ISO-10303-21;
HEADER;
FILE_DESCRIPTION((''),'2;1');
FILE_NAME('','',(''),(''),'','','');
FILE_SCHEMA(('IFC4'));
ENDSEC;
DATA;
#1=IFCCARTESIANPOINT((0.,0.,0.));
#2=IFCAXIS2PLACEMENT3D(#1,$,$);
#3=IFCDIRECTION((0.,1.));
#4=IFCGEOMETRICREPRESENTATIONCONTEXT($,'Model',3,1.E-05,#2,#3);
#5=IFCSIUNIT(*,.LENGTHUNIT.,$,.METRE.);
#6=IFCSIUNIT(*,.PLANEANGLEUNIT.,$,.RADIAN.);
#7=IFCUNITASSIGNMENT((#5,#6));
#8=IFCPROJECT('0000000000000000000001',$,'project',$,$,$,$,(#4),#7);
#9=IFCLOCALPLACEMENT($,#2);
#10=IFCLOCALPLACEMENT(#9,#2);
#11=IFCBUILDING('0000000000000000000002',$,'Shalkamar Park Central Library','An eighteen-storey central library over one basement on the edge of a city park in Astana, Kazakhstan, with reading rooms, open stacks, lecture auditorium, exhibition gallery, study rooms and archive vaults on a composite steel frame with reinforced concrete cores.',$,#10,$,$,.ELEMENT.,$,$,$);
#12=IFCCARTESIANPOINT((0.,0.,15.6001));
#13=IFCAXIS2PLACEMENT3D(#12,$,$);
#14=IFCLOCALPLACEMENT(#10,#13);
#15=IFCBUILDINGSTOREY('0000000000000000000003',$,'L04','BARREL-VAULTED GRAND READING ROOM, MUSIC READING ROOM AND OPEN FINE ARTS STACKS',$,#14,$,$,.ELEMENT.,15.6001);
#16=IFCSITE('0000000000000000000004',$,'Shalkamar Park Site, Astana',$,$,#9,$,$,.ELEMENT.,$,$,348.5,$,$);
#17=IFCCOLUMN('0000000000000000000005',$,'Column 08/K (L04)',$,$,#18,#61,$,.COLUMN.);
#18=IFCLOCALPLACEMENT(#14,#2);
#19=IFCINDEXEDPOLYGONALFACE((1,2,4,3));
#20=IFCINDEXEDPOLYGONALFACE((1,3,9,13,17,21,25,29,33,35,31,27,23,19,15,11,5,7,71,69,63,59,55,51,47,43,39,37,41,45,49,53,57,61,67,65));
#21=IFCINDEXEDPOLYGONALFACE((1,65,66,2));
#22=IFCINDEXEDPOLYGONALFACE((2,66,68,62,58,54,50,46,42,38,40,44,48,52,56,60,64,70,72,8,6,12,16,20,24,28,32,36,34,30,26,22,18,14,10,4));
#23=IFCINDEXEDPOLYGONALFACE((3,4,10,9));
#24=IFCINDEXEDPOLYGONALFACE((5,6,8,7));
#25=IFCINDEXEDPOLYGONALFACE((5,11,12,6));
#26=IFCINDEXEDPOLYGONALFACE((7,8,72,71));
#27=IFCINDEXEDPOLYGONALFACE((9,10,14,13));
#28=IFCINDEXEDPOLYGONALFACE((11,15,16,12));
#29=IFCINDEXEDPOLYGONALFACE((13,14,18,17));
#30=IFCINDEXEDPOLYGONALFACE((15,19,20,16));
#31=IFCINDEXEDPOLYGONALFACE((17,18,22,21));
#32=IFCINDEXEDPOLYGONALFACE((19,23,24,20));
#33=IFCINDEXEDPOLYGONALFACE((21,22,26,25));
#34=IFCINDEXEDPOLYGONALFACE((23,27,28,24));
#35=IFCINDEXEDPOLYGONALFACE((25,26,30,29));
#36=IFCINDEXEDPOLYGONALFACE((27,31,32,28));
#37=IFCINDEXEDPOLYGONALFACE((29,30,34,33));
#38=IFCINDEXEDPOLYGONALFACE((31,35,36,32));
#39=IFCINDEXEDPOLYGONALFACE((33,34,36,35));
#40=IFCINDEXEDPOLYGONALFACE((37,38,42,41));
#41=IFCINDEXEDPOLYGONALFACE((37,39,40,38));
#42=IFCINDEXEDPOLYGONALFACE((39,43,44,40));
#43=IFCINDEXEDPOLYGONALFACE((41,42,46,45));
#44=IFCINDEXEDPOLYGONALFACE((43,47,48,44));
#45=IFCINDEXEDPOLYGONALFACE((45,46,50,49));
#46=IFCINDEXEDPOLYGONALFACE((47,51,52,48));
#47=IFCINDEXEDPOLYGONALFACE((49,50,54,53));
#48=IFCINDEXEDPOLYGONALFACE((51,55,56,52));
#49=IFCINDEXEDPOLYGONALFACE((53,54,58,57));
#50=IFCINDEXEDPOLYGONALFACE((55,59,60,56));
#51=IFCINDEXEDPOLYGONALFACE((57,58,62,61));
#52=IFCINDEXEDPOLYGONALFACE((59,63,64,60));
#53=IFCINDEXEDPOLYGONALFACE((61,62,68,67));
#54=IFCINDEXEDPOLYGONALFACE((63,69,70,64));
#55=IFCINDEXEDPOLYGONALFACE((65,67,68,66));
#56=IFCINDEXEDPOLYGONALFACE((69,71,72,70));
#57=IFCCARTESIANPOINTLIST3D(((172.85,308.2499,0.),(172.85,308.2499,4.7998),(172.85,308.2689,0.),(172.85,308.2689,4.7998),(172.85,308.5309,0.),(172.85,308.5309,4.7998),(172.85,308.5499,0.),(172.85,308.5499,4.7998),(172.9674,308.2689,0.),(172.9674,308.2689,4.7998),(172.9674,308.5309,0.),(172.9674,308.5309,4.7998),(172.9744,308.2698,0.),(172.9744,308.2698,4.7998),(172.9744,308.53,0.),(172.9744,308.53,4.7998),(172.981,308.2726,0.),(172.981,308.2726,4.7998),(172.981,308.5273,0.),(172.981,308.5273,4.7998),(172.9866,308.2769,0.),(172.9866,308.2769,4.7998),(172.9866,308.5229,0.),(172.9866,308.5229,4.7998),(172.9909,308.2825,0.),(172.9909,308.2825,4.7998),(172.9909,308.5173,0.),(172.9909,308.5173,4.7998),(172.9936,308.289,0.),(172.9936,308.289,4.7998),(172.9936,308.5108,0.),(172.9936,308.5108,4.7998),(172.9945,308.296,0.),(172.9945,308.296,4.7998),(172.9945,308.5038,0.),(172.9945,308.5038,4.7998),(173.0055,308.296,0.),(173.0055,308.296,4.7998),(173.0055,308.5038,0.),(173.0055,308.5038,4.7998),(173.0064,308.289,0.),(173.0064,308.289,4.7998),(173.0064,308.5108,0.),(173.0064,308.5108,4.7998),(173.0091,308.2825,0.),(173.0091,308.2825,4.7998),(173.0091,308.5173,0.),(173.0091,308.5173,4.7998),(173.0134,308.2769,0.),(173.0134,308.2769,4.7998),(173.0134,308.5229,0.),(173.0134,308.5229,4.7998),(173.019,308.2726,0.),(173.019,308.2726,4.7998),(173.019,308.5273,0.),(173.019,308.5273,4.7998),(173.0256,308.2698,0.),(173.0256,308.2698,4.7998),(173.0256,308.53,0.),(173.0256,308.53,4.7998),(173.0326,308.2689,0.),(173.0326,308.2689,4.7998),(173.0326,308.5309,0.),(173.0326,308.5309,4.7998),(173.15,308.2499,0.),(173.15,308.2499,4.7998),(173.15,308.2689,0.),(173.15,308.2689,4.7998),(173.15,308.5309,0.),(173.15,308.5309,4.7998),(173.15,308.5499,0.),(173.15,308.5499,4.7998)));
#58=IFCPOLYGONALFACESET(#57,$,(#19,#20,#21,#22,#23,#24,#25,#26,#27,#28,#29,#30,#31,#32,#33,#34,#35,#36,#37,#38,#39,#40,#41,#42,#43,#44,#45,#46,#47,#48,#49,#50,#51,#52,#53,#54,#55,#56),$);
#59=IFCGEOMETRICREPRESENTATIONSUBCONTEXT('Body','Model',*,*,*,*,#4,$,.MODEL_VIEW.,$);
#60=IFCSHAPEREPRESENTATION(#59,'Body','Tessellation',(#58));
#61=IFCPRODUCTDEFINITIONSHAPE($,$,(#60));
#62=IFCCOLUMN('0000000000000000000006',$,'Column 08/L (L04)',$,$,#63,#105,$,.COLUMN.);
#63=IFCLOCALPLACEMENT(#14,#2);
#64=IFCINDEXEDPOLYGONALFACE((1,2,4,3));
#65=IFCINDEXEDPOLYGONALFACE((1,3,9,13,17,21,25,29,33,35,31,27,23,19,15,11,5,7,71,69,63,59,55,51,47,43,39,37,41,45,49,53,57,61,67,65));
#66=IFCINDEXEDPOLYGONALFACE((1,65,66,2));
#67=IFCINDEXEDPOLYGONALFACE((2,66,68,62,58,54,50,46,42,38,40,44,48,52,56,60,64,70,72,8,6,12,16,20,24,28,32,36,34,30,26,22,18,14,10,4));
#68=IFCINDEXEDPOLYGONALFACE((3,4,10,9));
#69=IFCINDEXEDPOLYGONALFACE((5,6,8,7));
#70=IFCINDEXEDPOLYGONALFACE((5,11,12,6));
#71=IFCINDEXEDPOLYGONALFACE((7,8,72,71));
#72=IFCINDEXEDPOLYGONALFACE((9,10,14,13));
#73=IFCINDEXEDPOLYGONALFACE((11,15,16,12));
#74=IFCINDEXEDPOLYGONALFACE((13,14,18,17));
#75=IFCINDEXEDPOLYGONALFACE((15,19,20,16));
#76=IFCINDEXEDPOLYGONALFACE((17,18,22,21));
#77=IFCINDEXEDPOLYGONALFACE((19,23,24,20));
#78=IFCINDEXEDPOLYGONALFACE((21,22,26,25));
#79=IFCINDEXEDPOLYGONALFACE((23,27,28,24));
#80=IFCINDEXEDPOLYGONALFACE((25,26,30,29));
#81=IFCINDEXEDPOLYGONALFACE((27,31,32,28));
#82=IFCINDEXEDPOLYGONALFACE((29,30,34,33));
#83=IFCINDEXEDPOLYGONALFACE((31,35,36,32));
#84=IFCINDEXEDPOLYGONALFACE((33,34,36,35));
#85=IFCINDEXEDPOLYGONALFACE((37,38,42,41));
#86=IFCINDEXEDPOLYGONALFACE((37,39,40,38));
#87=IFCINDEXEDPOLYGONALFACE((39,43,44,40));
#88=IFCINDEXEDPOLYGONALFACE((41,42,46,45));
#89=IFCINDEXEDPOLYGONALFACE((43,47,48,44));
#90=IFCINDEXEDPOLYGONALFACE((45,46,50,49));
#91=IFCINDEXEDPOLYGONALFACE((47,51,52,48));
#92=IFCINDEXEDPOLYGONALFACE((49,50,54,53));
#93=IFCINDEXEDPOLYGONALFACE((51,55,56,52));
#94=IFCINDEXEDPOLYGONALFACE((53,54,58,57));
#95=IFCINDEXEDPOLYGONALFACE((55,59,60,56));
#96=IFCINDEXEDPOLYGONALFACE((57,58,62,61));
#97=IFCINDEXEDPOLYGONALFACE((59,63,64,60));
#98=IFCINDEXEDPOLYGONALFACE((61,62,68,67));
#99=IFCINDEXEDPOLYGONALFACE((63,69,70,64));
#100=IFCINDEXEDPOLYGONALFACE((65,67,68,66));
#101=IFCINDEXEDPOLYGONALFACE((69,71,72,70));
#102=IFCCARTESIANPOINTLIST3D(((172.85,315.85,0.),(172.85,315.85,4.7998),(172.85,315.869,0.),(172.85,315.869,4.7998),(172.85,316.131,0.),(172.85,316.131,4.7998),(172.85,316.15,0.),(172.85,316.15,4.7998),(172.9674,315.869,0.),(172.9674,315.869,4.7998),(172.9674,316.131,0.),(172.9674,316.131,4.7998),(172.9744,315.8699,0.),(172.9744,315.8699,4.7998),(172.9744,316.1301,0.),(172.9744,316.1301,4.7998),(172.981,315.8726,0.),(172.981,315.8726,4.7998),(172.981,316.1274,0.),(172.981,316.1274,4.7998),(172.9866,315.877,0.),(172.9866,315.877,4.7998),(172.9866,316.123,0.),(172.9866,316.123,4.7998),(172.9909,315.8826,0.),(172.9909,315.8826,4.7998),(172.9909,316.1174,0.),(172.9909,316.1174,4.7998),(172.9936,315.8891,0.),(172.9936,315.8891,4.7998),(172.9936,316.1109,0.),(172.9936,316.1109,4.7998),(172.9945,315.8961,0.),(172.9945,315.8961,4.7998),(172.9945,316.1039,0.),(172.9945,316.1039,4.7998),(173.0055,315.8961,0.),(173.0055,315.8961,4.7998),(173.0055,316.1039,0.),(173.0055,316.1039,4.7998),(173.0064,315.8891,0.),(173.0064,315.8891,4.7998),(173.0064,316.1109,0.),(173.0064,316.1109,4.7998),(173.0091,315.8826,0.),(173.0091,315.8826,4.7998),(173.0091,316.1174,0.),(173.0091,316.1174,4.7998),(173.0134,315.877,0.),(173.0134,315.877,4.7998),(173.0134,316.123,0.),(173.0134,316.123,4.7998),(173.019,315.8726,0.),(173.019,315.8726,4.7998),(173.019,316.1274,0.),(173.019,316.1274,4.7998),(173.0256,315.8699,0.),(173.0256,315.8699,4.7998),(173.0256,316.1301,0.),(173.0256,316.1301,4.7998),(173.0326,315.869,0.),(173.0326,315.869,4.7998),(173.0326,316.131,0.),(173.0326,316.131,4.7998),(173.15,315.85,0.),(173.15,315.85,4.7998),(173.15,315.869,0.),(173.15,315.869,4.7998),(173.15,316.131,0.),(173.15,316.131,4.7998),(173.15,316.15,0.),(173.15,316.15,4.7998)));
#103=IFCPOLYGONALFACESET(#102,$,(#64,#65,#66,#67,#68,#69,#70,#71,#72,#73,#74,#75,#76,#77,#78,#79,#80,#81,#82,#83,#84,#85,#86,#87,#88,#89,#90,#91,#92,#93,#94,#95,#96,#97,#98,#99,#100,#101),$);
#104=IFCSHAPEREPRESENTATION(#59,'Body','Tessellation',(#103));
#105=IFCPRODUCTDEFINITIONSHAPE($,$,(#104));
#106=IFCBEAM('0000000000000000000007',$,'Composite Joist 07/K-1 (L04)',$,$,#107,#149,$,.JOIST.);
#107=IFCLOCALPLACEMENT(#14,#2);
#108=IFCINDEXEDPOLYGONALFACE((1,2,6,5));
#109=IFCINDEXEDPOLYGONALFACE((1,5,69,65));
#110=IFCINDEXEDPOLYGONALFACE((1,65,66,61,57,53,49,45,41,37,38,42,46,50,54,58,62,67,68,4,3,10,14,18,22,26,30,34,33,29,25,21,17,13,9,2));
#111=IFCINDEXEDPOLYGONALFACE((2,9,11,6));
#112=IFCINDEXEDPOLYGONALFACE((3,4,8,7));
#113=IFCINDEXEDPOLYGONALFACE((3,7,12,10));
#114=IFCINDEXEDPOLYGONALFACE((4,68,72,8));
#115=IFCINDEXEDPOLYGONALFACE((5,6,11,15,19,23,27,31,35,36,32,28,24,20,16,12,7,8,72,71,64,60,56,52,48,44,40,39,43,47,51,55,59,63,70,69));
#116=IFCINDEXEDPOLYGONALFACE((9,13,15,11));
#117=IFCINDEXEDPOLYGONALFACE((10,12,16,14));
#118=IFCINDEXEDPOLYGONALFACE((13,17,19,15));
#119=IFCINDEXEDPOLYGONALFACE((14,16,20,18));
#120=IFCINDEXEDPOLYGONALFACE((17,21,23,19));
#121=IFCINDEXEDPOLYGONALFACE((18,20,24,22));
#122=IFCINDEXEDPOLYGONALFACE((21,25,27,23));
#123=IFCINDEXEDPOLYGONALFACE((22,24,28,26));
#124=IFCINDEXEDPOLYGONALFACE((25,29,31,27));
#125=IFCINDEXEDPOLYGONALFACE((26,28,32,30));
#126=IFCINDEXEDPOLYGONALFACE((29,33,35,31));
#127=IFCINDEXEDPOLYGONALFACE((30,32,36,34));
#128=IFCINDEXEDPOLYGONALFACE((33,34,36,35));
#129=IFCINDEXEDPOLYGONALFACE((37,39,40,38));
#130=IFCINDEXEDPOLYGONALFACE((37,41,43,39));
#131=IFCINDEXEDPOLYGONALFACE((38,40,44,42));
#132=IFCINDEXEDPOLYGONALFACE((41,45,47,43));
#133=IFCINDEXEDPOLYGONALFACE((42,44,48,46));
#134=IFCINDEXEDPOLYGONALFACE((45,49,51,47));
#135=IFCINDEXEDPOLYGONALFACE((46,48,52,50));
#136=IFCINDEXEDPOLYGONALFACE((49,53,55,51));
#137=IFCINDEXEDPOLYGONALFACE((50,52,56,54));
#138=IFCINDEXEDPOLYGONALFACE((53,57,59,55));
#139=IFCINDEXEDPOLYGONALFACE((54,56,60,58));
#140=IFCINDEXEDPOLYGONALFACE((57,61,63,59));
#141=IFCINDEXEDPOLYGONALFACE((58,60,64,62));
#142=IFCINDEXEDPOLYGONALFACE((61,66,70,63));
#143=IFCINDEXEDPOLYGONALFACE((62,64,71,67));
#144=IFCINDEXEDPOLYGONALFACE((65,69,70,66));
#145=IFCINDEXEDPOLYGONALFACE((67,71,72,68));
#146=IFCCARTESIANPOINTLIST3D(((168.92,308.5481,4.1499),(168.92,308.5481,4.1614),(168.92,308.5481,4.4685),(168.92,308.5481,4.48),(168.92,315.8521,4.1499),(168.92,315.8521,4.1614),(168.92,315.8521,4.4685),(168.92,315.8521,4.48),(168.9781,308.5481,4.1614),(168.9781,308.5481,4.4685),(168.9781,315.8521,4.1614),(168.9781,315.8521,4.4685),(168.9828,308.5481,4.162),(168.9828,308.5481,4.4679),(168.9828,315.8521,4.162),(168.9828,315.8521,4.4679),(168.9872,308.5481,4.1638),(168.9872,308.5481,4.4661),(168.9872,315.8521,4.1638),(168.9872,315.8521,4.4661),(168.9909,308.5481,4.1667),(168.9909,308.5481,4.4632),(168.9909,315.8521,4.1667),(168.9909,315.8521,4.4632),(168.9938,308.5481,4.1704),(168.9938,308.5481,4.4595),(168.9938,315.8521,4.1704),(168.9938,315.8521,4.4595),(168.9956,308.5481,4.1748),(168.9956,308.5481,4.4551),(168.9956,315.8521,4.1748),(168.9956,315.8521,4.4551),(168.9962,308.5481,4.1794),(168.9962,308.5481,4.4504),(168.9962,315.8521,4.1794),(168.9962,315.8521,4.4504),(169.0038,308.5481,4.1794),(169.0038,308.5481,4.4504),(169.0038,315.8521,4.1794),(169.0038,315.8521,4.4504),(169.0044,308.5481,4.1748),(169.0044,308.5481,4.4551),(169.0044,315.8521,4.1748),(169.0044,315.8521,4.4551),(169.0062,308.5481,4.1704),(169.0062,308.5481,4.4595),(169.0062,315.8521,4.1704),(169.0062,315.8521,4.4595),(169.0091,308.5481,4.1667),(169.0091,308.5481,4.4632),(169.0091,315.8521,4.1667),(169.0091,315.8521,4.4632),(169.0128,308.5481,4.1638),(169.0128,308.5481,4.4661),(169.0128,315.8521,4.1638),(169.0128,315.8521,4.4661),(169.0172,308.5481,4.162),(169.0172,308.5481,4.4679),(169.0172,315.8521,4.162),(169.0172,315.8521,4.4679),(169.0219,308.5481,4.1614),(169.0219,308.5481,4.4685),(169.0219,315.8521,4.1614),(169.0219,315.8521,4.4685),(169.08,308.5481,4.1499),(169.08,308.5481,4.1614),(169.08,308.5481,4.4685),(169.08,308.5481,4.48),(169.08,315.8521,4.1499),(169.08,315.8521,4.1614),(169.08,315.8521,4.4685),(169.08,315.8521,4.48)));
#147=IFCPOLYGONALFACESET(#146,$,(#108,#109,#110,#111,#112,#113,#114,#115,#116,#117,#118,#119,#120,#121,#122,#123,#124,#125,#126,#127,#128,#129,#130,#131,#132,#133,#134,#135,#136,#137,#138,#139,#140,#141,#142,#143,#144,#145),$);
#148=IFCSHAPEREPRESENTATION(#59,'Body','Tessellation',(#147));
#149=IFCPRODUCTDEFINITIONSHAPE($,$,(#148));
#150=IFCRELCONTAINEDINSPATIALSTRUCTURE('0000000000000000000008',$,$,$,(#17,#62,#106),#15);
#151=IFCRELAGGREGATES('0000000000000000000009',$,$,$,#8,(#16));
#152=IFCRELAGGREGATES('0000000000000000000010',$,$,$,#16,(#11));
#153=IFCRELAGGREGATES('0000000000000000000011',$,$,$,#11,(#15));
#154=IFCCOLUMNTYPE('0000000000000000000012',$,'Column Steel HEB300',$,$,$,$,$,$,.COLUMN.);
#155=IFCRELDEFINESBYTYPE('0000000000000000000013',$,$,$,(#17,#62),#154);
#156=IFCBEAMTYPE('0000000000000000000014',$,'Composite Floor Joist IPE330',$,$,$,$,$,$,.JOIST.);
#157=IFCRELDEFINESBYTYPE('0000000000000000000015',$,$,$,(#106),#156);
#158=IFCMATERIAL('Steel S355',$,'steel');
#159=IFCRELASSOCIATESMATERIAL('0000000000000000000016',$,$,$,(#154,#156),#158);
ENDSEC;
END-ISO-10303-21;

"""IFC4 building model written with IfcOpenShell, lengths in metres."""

from ifc_helpers import new_model, si_unit, direction, frame, origin, origin_2d, place, context, subcontext, project, spatial, i_section, extrude, material, material_profile, profile_set, type_object, element, save


model = new_model("IFC4")

# Units and contexts
model_context = context("Model", 3, precision=1e-05, world=origin(), true_north=direction((0.0, 1.0)))
body_context = subcontext(model_context, "Body", "Model", "MODEL_VIEW")
ifc_project = project(units=[si_unit("LENGTHUNIT", "METRE"), si_unit("PLANEANGLEUNIT", "RADIAN")], contexts=[model_context])

# Site, building, storey
site_placement = place(None, origin())
site = spatial("IfcSite", under=ifc_project, at=site_placement, Name="Shalkamar Park Site, Astana", CompositionType="ELEMENT", RefElevation=348.5)
building_placement = place(site_placement, origin())
building = spatial("IfcBuilding", under=site, at=building_placement, Name="Shalkamar Park Central Library", Description="An eighteen-storey central library over one basement on the edge of a city park in Astana, Kazakhstan, with reading rooms, open stacks, lecture auditorium, exhibition gallery, study rooms and archive vaults on a composite steel frame with reinforced concrete cores.", CompositionType="ELEMENT")
storey_placement = place(building_placement, frame((0.0, 0.0, 15.6001)))
storey = spatial("IfcBuildingStorey", under=building, at=storey_placement, Name="L04", Description="BARREL-VAULTED GRAND READING ROOM, MUSIC READING ROOM AND OPEN FINE ARTS STACKS", CompositionType="ELEMENT", Elevation=15.6001)

# Columns
ifc_material_1 = material(Name="Steel S355", Category="steel")
ifc_material_profile_1 = material_profile(ifc_material_1, i_section(OverallWidth=0.3, OverallDepth=0.3, WebThickness=0.011, FlangeThickness=0.019, FilletRadius=0.0271, at=origin_2d()), Name="HEB 300")
ifc_profile_set_1 = profile_set([ifc_material_profile_1], Name="Steel S355")
column_type = type_object("IfcColumnType", Name="Column Steel HEB300", PredefinedType="COLUMN", material=ifc_profile_set_1)
for number, where, z_axis, x_axis, name in (
    (1, (173.0, 308.3999, 0.0), (0.0, 0.0, 1.0), (1.0, 0.0, 0.0), "Column 08/K (L04)"),
    (2, (173.0, 316.0, 0.0), (0.0, 0.0, 1.0), (1.0, 0.0, 0.0), "Column 08/L (L04)"),
):
    element("IfcColumn", number, at=place(storey_placement, frame(where, z_axis=z_axis, x_axis=x_axis)), inside=storey, type_object=column_type, Name=name, PredefinedType="COLUMN", context=body_context, shape_type="SweptSolid", body=[
        extrude(i_section(OverallWidth=0.3, OverallDepth=0.3, WebThickness=0.011, FlangeThickness=0.019, FilletRadius=0.0271, at=origin_2d()), origin(), (0.0, 0.0, 1.0), 4.7998),
    ])

# Beam
ifc_material_profile_2 = material_profile(ifc_material_1, i_section(OverallWidth=0.1599, OverallDepth=0.3301, WebThickness=0.0076, FlangeThickness=0.0115, FilletRadius=0.0181, at=origin_2d()), Name="IPE 330")
ifc_profile_set_2 = profile_set([ifc_material_profile_2], Name="Steel S355")
beam_type_1 = type_object("IfcBeamType", Name="Composite Floor Joist IPE330", PredefinedType="JOIST", material=ifc_profile_set_2)
beam_1_placement = place(storey_placement, frame((169.0, 308.5481, 4.3149), z_axis=(0.0, 1.0, 0.0), x_axis=(-1.0, 0.0, 0.0)))
element("IfcBeam", 3, at=beam_1_placement, inside=storey, type_object=beam_type_1, Name="Composite Joist 07/K-1 (L04)", PredefinedType="JOIST", context=body_context, shape_type="SweptSolid", body=[
    extrude(i_section(OverallWidth=0.1599, OverallDepth=0.3301, WebThickness=0.0076, FlangeThickness=0.0115, FilletRadius=0.0181, at=origin_2d()), origin(), (0.0, 0.0, 1.0), 7.304),
])

save(model, "model.ifc")
